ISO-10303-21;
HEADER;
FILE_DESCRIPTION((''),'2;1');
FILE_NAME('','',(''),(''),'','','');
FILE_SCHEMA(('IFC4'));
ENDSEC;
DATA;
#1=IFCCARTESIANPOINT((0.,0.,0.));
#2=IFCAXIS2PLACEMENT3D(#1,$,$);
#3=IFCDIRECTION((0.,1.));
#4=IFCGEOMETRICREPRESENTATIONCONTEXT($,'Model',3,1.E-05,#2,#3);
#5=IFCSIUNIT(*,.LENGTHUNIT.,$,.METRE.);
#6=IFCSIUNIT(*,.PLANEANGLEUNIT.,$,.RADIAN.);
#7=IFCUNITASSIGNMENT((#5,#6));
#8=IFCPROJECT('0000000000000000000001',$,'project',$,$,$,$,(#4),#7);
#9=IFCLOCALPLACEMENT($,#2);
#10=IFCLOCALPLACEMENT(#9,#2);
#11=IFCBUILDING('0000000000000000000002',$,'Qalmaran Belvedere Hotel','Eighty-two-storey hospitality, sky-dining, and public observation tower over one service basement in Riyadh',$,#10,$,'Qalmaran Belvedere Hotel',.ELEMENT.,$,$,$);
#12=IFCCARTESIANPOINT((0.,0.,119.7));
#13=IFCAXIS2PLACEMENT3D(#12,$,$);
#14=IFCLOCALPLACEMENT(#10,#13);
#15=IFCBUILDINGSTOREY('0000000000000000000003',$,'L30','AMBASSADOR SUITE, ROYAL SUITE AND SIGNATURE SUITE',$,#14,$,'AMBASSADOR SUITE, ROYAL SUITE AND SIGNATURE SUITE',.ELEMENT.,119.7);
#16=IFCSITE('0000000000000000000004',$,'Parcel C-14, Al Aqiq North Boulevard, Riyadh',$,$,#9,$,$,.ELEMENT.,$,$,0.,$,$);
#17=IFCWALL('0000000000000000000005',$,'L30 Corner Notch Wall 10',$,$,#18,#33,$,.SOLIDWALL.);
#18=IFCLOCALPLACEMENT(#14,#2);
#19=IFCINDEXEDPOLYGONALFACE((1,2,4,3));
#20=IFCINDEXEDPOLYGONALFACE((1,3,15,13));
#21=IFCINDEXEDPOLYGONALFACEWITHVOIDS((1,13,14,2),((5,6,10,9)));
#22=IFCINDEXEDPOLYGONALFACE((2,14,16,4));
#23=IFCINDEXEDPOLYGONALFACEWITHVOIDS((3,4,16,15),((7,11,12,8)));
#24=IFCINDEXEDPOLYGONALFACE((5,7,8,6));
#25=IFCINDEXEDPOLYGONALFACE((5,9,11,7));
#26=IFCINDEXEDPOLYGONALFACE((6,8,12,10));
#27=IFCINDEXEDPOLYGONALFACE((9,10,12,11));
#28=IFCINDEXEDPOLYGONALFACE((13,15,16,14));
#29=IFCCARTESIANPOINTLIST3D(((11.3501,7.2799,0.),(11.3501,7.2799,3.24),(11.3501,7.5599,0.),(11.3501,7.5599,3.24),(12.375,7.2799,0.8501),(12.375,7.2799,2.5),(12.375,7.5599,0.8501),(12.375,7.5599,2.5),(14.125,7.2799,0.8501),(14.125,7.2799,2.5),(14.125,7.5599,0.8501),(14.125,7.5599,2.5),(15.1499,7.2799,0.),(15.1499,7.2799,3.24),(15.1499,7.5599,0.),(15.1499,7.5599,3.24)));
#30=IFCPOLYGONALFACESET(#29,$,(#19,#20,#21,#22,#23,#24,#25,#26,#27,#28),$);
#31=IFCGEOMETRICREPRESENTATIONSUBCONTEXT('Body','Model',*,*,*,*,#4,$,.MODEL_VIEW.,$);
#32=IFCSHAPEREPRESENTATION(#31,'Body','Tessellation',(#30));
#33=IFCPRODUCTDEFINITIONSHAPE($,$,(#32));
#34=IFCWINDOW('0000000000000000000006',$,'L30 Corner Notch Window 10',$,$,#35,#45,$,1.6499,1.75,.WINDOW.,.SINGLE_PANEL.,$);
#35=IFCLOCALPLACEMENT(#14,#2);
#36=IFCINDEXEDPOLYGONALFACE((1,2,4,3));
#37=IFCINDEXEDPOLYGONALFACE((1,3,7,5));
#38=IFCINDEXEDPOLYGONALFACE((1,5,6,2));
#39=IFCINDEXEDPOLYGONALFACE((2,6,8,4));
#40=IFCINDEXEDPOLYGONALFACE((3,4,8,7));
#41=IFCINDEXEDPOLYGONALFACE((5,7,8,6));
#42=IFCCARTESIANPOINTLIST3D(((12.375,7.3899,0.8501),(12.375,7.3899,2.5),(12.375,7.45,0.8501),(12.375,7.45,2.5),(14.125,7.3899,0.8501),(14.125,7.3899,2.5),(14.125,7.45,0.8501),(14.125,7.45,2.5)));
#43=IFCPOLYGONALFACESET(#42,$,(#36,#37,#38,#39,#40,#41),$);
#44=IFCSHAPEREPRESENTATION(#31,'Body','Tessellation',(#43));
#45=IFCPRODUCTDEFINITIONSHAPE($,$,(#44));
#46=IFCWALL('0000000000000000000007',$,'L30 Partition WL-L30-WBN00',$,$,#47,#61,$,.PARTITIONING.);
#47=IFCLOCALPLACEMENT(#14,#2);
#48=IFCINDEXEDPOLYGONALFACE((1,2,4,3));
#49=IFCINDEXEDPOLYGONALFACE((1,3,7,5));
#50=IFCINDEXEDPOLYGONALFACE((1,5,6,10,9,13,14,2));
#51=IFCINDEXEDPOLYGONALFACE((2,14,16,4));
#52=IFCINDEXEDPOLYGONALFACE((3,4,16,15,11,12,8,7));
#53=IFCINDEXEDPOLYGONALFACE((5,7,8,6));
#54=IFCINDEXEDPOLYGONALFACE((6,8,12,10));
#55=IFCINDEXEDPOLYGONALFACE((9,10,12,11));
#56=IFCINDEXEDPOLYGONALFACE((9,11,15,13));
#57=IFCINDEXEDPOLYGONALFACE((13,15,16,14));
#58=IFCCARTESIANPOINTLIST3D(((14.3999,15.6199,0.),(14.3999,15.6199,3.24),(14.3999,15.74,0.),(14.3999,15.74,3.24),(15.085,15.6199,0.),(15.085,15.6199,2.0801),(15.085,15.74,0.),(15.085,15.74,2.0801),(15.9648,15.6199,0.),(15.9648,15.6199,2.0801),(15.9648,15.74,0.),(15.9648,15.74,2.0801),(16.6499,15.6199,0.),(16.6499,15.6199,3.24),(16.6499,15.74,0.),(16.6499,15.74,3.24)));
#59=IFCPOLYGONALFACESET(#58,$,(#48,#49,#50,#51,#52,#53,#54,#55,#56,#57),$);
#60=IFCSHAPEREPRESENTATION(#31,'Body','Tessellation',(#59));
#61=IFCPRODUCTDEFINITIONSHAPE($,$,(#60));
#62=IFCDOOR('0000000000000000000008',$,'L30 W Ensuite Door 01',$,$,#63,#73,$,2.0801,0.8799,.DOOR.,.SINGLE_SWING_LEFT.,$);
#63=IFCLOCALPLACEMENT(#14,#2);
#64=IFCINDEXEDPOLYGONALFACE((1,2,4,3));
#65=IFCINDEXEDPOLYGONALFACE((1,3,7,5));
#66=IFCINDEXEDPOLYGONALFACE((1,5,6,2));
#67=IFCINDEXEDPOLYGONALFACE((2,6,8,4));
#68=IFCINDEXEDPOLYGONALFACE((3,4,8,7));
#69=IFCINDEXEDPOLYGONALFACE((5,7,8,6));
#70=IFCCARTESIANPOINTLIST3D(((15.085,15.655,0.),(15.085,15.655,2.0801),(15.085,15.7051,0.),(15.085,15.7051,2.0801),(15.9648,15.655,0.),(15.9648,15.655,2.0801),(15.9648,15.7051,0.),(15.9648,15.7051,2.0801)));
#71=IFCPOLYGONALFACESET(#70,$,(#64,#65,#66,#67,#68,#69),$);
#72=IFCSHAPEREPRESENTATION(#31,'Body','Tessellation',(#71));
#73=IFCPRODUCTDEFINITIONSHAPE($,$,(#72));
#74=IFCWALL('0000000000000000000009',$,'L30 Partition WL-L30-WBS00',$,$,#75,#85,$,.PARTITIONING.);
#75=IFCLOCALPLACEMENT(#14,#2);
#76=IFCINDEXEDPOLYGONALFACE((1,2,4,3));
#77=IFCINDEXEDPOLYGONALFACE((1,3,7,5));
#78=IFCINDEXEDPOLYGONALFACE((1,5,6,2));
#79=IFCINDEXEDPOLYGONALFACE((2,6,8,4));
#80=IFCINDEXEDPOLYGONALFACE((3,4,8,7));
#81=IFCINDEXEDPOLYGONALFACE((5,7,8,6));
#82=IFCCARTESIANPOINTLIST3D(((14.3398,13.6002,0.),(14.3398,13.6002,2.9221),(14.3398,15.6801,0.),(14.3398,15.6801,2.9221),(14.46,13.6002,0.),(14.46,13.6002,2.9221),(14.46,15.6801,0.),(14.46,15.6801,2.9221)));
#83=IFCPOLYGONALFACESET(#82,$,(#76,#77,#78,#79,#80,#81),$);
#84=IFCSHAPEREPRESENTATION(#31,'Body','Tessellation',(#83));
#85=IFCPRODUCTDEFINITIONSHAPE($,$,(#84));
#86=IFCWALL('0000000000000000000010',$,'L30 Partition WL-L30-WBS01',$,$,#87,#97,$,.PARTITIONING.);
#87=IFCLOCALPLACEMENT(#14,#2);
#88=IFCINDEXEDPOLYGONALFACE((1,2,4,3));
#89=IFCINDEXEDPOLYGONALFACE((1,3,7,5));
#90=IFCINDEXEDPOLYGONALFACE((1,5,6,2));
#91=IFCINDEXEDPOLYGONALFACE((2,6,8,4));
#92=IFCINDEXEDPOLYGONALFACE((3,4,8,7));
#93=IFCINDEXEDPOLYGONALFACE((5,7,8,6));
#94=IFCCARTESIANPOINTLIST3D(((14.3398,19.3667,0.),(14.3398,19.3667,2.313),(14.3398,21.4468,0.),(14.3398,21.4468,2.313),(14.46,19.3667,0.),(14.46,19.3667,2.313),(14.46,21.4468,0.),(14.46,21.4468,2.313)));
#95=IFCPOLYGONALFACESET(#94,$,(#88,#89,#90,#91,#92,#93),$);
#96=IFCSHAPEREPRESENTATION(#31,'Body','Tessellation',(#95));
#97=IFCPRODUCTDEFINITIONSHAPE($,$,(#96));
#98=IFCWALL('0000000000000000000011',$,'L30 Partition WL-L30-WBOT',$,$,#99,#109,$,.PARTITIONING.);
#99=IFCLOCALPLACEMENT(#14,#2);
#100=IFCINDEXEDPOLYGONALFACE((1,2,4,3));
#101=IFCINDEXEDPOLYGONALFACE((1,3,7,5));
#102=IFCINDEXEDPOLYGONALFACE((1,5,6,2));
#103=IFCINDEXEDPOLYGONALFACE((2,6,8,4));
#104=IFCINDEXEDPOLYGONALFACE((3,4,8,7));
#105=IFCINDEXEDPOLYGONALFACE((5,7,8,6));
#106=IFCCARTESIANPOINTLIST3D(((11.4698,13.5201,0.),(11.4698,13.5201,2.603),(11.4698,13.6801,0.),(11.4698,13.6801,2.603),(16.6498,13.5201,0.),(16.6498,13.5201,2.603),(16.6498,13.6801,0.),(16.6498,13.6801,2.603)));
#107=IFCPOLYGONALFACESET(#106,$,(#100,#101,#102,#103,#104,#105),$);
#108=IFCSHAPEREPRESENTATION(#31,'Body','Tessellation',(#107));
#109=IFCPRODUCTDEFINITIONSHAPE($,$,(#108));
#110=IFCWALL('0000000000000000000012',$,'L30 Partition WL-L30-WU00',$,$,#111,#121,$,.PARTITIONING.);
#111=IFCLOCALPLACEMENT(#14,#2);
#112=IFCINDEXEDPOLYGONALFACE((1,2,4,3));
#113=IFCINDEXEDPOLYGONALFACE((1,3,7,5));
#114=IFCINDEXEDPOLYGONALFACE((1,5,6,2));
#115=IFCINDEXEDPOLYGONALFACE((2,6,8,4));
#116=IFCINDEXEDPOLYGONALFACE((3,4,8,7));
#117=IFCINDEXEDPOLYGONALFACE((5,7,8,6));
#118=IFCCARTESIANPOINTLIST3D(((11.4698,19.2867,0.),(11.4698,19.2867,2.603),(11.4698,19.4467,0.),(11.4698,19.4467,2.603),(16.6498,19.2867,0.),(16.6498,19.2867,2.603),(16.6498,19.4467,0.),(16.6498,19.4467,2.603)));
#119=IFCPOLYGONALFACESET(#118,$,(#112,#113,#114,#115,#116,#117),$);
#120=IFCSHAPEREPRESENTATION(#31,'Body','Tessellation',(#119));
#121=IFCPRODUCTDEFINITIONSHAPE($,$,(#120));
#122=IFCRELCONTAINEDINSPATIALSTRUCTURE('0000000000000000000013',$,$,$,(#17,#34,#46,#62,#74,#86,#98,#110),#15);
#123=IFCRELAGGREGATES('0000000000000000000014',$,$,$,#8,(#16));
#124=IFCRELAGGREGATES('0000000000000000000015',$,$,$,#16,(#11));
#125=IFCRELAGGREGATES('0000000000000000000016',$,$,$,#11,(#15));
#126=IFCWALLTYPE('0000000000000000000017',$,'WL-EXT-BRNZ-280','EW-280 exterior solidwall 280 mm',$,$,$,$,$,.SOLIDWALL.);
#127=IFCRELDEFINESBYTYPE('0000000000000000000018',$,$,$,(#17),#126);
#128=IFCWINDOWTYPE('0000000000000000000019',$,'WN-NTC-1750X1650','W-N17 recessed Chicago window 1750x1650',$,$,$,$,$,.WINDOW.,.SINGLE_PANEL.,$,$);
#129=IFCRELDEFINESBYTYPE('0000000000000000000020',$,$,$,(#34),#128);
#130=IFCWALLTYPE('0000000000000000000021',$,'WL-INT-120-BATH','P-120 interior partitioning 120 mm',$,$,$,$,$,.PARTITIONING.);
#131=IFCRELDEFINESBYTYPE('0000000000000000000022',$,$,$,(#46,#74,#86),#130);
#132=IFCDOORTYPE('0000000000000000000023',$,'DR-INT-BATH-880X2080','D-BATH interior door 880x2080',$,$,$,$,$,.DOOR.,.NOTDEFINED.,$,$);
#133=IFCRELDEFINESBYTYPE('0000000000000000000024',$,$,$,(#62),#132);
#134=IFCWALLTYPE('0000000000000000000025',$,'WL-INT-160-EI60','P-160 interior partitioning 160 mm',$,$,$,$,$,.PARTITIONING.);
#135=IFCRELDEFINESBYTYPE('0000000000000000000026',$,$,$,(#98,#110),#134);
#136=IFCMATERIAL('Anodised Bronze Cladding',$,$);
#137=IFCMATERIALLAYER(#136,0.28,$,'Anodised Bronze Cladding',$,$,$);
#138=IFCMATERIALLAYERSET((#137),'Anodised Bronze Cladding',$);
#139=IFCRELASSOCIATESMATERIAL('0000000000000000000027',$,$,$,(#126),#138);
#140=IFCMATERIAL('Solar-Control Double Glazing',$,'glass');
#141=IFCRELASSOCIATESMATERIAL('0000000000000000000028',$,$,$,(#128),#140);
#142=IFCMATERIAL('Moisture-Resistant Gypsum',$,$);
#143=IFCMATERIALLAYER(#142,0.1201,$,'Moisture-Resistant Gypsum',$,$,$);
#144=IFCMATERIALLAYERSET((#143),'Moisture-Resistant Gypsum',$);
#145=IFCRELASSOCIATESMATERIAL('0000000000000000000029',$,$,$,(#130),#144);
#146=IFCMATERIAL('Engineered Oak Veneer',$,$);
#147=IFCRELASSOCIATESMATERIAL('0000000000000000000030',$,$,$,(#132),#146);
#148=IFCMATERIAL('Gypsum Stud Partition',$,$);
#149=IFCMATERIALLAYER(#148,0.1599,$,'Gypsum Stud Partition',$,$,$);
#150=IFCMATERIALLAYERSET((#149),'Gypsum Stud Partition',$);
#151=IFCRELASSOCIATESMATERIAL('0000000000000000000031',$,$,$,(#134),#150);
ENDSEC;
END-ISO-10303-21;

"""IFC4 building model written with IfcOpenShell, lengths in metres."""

from ifc_helpers import new_model, si_unit, direction, frame, frame_2d, origin, place, context, subcontext, project, spatial, rectangle, extrude, material, layer, layer_set, type_object, element, fill, save


model = new_model("IFC4")

# Units and contexts
model_context = context("Model", 3, precision=1e-05, world=origin(), true_north=direction((0.0, 1.0)))
body_context = subcontext(model_context, "Body", "Model", "MODEL_VIEW")
ifc_project = project(units=[si_unit("LENGTHUNIT", "METRE"), si_unit("PLANEANGLEUNIT", "RADIAN")], contexts=[model_context])

# Site, building, storey
site_placement = place(None, origin())
site = spatial("IfcSite", under=ifc_project, at=site_placement, Name="Parcel C-14, Al Aqiq North Boulevard, Riyadh", CompositionType="ELEMENT", RefElevation=0.0)
building_placement = place(site_placement, origin())
building = spatial("IfcBuilding", under=site, at=building_placement, Name="Qalmaran Belvedere Hotel", Description="Eighty-two-storey hospitality, sky-dining, and public observation tower over one service basement in Riyadh", LongName="Qalmaran Belvedere Hotel", CompositionType="ELEMENT")
storey_placement = place(building_placement, frame((0.0, 0.0, 119.7)))
storey = spatial("IfcBuildingStorey", under=building, at=storey_placement, Name="L30", Description="AMBASSADOR SUITE, ROYAL SUITE AND SIGNATURE SUITE", LongName="AMBASSADOR SUITE, ROYAL SUITE AND SIGNATURE SUITE", CompositionType="ELEMENT", Elevation=119.7)

# Shared definitions
ifc_material_1 = material(Name="Solar-Control Double Glazing", Category="glass")

# Wall, opening, window
ifc_material_2 = material(Name="Anodised Bronze Cladding")
ifc_layer_1 = layer(ifc_material_2, 0.28, Name="Anodised Bronze Cladding")
ifc_layer_set_1 = layer_set([ifc_layer_1], Name="Anodised Bronze Cladding")
wall_type_1 = type_object("IfcWallType", Name="WL-EXT-BRNZ-280", Description="EW-280 exterior solidwall 280 mm", PredefinedType="SOLIDWALL", material=ifc_layer_set_1)
wall_1_placement = place(storey_placement, frame((11.3501, 7.4199, 0.0), z_axis=(0.0, 0.0, 1.0), x_axis=(1.0, 0.0, 0.0)))
wall_1 = element("IfcWall", 1, at=wall_1_placement, inside=storey, type_object=wall_type_1, Name="L30 Corner Notch Wall 10", PredefinedType="SOLIDWALL", context=body_context, shape_type="SweptSolid", body=[
    extrude(rectangle(XDim=3.7998, YDim=0.28, at=frame_2d((1.8999, 0.0))), origin(), (0.0, 0.0, 1.0), 3.24),
])
opening_1_placement = place(wall_1_placement, frame((1.0249, 0.0, 0.8501)))
opening_1 = element("IfcOpeningElement", 2, at=opening_1_placement, cuts=wall_1, PredefinedType="OPENING", context=body_context, shape_type="SweptSolid", body=[
    extrude(rectangle(XDim=1.75, YDim=1.6499, at=frame_2d((0.875, 0.825))), frame((0.0, 0.1499, 0.0), z_axis=(0.0, -1.0, 0.0), x_axis=(1.0, 0.0, 0.0)), (0.0, 0.0, 1.0), 0.3),
])
window_type = type_object("IfcWindowType", Name="WN-NTC-1750X1650", Description="W-N17 recessed Chicago window 1750x1650", PartitioningType="SINGLE_PANEL", PredefinedType="WINDOW", material=ifc_material_1)
window_placement = place(opening_1_placement, origin())
window = element("IfcWindow", 3, at=window_placement, inside=storey, type_object=window_type, Name="L30 Corner Notch Window 10", OverallHeight=1.6499, OverallWidth=1.75, PartitioningType="SINGLE_PANEL", PredefinedType="WINDOW", context=body_context, shape_type="SweptSolid", body=[
    extrude(rectangle(XDim=1.75, YDim=1.6499, at=frame_2d((0.875, 0.825))), frame((0.0, 0.03, 0.0), z_axis=(0.0, -1.0, 0.0), x_axis=(1.0, 0.0, 0.0)), (0.0, 0.0, 1.0), 0.0601),
])
fill(opening_1, window)

# Wall, opening, door
ifc_material_3 = material(Name="Moisture-Resistant Gypsum")
ifc_layer_2 = layer(ifc_material_3, 0.1201, Name="Moisture-Resistant Gypsum")
ifc_layer_set_2 = layer_set([ifc_layer_2], Name="Moisture-Resistant Gypsum")
wall_type_2 = type_object("IfcWallType", Name="WL-INT-120-BATH", Description="P-120 interior partitioning 120 mm", PredefinedType="PARTITIONING", material=ifc_layer_set_2)
wall_2_placement = place(storey_placement, frame((14.3999, 15.6799, 0.0), z_axis=(0.0, 0.0, 1.0), x_axis=(1.0, 0.0, 0.0)))
wall_2 = element("IfcWall", 4, at=wall_2_placement, inside=storey, type_object=wall_type_2, Name="L30 Partition WL-L30-WBN00", PredefinedType="PARTITIONING", context=body_context, shape_type="SweptSolid", body=[
    extrude(rectangle(XDim=2.25, YDim=0.1201, at=frame_2d((1.125, 0.0))), origin(), (0.0, 0.0, 1.0), 3.24),
])
opening_2_placement = place(wall_2_placement, frame((1.5649, 0.0, 0.0), z_axis=(0.0, 0.0, 1.0), x_axis=(-1.0, 0.0, 0.0)))
opening_2 = element("IfcOpeningElement", 5, at=opening_2_placement, cuts=wall_2, PredefinedType="OPENING", context=body_context, shape_type="SweptSolid", body=[
    extrude(rectangle(XDim=0.8799, YDim=2.0801, at=frame_2d((0.4399, 1.04))), frame((0.0, 0.0701, 0.0), z_axis=(0.0, -1.0, 0.0), x_axis=(1.0, 0.0, 0.0)), (0.0, 0.0, 1.0), 0.1401),
])
ifc_material_4 = material(Name="Engineered Oak Veneer")
door_type = type_object("IfcDoorType", Name="DR-INT-BATH-880X2080", Description="D-BATH interior door 880x2080", OperationType="NOTDEFINED", PredefinedType="DOOR", material=ifc_material_4)
door_placement = place(opening_2_placement, origin())
door = element("IfcDoor", 6, at=door_placement, inside=storey, type_object=door_type, Name="L30 W Ensuite Door 01", OperationType="SINGLE_SWING_LEFT", OverallHeight=2.0801, OverallWidth=0.8799, PredefinedType="DOOR", context=body_context, shape_type="SweptSolid", body=[
    extrude(rectangle(XDim=0.8799, YDim=2.0801, at=frame_2d((0.4399, 1.04))), frame((0.0, 0.0249, 0.0), z_axis=(0.0, -1.0, 0.0), x_axis=(1.0, 0.0, 0.0)), (0.0, 0.0, 1.0), 0.05),
])
fill(opening_2, door)

# Walls
wall_3_placement = place(storey_placement, frame((14.3999, 13.6001, 0.0), z_axis=(0.0, 0.0, 1.0), x_axis=(0.0, 1.0, 0.0)))
element("IfcWall", 7, at=wall_3_placement, inside=storey, type_object=wall_type_2, Name="L30 Partition WL-L30-WBS00", PredefinedType="PARTITIONING", context=body_context, shape_type="SweptSolid", body=[
    extrude(rectangle(XDim=2.0798, YDim=0.1201, at=frame_2d((1.04, 0.0))), origin(), (0.0, 0.0, 1.0), 2.9221),
])
wall_4_placement = place(storey_placement, frame((14.3999, 19.3667, 0.0), z_axis=(0.0, 0.0, 1.0), x_axis=(0.0, 1.0, 0.0)))
element("IfcWall", 8, at=wall_4_placement, inside=storey, type_object=wall_type_2, Name="L30 Partition WL-L30-WBS01", PredefinedType="PARTITIONING", context=body_context, shape_type="SweptSolid", body=[
    extrude(rectangle(XDim=2.0801, YDim=0.1201, at=frame_2d((1.04, 0.0))), origin(), (0.0, 0.0, 1.0), 2.313),
])
ifc_material_5 = material(Name="Gypsum Stud Partition")
ifc_layer_3 = layer(ifc_material_5, 0.1599, Name="Gypsum Stud Partition")
ifc_layer_set_3 = layer_set([ifc_layer_3], Name="Gypsum Stud Partition")
wall_type_3 = type_object("IfcWallType", Name="WL-INT-160-EI60", Description="P-160 interior partitioning 160 mm", PredefinedType="PARTITIONING", material=ifc_layer_set_3)
for number, where, z_axis, x_axis, name in (
    (9, (11.47, 13.6001, 0.0), (0.0, 0.0, 1.0), (1.0, 0.0, 0.0), "L30 Partition WL-L30-WBOT"),
    (10, (11.47, 19.3667, 0.0), (0.0, 0.0, 1.0), (1.0, 0.0, 0.0), "L30 Partition WL-L30-WU00"),
):
    element("IfcWall", number, at=place(storey_placement, frame(where, z_axis=z_axis, x_axis=x_axis)), inside=storey, type_object=wall_type_3, Name=name, PredefinedType="PARTITIONING", context=body_context, shape_type="SweptSolid", body=[
        extrude(rectangle(XDim=5.1799, YDim=0.1599, at=frame_2d((2.5898, 0.0))), origin(), (0.0, 0.0, 1.0), 2.603),
    ])

save(model, "model.ifc")
